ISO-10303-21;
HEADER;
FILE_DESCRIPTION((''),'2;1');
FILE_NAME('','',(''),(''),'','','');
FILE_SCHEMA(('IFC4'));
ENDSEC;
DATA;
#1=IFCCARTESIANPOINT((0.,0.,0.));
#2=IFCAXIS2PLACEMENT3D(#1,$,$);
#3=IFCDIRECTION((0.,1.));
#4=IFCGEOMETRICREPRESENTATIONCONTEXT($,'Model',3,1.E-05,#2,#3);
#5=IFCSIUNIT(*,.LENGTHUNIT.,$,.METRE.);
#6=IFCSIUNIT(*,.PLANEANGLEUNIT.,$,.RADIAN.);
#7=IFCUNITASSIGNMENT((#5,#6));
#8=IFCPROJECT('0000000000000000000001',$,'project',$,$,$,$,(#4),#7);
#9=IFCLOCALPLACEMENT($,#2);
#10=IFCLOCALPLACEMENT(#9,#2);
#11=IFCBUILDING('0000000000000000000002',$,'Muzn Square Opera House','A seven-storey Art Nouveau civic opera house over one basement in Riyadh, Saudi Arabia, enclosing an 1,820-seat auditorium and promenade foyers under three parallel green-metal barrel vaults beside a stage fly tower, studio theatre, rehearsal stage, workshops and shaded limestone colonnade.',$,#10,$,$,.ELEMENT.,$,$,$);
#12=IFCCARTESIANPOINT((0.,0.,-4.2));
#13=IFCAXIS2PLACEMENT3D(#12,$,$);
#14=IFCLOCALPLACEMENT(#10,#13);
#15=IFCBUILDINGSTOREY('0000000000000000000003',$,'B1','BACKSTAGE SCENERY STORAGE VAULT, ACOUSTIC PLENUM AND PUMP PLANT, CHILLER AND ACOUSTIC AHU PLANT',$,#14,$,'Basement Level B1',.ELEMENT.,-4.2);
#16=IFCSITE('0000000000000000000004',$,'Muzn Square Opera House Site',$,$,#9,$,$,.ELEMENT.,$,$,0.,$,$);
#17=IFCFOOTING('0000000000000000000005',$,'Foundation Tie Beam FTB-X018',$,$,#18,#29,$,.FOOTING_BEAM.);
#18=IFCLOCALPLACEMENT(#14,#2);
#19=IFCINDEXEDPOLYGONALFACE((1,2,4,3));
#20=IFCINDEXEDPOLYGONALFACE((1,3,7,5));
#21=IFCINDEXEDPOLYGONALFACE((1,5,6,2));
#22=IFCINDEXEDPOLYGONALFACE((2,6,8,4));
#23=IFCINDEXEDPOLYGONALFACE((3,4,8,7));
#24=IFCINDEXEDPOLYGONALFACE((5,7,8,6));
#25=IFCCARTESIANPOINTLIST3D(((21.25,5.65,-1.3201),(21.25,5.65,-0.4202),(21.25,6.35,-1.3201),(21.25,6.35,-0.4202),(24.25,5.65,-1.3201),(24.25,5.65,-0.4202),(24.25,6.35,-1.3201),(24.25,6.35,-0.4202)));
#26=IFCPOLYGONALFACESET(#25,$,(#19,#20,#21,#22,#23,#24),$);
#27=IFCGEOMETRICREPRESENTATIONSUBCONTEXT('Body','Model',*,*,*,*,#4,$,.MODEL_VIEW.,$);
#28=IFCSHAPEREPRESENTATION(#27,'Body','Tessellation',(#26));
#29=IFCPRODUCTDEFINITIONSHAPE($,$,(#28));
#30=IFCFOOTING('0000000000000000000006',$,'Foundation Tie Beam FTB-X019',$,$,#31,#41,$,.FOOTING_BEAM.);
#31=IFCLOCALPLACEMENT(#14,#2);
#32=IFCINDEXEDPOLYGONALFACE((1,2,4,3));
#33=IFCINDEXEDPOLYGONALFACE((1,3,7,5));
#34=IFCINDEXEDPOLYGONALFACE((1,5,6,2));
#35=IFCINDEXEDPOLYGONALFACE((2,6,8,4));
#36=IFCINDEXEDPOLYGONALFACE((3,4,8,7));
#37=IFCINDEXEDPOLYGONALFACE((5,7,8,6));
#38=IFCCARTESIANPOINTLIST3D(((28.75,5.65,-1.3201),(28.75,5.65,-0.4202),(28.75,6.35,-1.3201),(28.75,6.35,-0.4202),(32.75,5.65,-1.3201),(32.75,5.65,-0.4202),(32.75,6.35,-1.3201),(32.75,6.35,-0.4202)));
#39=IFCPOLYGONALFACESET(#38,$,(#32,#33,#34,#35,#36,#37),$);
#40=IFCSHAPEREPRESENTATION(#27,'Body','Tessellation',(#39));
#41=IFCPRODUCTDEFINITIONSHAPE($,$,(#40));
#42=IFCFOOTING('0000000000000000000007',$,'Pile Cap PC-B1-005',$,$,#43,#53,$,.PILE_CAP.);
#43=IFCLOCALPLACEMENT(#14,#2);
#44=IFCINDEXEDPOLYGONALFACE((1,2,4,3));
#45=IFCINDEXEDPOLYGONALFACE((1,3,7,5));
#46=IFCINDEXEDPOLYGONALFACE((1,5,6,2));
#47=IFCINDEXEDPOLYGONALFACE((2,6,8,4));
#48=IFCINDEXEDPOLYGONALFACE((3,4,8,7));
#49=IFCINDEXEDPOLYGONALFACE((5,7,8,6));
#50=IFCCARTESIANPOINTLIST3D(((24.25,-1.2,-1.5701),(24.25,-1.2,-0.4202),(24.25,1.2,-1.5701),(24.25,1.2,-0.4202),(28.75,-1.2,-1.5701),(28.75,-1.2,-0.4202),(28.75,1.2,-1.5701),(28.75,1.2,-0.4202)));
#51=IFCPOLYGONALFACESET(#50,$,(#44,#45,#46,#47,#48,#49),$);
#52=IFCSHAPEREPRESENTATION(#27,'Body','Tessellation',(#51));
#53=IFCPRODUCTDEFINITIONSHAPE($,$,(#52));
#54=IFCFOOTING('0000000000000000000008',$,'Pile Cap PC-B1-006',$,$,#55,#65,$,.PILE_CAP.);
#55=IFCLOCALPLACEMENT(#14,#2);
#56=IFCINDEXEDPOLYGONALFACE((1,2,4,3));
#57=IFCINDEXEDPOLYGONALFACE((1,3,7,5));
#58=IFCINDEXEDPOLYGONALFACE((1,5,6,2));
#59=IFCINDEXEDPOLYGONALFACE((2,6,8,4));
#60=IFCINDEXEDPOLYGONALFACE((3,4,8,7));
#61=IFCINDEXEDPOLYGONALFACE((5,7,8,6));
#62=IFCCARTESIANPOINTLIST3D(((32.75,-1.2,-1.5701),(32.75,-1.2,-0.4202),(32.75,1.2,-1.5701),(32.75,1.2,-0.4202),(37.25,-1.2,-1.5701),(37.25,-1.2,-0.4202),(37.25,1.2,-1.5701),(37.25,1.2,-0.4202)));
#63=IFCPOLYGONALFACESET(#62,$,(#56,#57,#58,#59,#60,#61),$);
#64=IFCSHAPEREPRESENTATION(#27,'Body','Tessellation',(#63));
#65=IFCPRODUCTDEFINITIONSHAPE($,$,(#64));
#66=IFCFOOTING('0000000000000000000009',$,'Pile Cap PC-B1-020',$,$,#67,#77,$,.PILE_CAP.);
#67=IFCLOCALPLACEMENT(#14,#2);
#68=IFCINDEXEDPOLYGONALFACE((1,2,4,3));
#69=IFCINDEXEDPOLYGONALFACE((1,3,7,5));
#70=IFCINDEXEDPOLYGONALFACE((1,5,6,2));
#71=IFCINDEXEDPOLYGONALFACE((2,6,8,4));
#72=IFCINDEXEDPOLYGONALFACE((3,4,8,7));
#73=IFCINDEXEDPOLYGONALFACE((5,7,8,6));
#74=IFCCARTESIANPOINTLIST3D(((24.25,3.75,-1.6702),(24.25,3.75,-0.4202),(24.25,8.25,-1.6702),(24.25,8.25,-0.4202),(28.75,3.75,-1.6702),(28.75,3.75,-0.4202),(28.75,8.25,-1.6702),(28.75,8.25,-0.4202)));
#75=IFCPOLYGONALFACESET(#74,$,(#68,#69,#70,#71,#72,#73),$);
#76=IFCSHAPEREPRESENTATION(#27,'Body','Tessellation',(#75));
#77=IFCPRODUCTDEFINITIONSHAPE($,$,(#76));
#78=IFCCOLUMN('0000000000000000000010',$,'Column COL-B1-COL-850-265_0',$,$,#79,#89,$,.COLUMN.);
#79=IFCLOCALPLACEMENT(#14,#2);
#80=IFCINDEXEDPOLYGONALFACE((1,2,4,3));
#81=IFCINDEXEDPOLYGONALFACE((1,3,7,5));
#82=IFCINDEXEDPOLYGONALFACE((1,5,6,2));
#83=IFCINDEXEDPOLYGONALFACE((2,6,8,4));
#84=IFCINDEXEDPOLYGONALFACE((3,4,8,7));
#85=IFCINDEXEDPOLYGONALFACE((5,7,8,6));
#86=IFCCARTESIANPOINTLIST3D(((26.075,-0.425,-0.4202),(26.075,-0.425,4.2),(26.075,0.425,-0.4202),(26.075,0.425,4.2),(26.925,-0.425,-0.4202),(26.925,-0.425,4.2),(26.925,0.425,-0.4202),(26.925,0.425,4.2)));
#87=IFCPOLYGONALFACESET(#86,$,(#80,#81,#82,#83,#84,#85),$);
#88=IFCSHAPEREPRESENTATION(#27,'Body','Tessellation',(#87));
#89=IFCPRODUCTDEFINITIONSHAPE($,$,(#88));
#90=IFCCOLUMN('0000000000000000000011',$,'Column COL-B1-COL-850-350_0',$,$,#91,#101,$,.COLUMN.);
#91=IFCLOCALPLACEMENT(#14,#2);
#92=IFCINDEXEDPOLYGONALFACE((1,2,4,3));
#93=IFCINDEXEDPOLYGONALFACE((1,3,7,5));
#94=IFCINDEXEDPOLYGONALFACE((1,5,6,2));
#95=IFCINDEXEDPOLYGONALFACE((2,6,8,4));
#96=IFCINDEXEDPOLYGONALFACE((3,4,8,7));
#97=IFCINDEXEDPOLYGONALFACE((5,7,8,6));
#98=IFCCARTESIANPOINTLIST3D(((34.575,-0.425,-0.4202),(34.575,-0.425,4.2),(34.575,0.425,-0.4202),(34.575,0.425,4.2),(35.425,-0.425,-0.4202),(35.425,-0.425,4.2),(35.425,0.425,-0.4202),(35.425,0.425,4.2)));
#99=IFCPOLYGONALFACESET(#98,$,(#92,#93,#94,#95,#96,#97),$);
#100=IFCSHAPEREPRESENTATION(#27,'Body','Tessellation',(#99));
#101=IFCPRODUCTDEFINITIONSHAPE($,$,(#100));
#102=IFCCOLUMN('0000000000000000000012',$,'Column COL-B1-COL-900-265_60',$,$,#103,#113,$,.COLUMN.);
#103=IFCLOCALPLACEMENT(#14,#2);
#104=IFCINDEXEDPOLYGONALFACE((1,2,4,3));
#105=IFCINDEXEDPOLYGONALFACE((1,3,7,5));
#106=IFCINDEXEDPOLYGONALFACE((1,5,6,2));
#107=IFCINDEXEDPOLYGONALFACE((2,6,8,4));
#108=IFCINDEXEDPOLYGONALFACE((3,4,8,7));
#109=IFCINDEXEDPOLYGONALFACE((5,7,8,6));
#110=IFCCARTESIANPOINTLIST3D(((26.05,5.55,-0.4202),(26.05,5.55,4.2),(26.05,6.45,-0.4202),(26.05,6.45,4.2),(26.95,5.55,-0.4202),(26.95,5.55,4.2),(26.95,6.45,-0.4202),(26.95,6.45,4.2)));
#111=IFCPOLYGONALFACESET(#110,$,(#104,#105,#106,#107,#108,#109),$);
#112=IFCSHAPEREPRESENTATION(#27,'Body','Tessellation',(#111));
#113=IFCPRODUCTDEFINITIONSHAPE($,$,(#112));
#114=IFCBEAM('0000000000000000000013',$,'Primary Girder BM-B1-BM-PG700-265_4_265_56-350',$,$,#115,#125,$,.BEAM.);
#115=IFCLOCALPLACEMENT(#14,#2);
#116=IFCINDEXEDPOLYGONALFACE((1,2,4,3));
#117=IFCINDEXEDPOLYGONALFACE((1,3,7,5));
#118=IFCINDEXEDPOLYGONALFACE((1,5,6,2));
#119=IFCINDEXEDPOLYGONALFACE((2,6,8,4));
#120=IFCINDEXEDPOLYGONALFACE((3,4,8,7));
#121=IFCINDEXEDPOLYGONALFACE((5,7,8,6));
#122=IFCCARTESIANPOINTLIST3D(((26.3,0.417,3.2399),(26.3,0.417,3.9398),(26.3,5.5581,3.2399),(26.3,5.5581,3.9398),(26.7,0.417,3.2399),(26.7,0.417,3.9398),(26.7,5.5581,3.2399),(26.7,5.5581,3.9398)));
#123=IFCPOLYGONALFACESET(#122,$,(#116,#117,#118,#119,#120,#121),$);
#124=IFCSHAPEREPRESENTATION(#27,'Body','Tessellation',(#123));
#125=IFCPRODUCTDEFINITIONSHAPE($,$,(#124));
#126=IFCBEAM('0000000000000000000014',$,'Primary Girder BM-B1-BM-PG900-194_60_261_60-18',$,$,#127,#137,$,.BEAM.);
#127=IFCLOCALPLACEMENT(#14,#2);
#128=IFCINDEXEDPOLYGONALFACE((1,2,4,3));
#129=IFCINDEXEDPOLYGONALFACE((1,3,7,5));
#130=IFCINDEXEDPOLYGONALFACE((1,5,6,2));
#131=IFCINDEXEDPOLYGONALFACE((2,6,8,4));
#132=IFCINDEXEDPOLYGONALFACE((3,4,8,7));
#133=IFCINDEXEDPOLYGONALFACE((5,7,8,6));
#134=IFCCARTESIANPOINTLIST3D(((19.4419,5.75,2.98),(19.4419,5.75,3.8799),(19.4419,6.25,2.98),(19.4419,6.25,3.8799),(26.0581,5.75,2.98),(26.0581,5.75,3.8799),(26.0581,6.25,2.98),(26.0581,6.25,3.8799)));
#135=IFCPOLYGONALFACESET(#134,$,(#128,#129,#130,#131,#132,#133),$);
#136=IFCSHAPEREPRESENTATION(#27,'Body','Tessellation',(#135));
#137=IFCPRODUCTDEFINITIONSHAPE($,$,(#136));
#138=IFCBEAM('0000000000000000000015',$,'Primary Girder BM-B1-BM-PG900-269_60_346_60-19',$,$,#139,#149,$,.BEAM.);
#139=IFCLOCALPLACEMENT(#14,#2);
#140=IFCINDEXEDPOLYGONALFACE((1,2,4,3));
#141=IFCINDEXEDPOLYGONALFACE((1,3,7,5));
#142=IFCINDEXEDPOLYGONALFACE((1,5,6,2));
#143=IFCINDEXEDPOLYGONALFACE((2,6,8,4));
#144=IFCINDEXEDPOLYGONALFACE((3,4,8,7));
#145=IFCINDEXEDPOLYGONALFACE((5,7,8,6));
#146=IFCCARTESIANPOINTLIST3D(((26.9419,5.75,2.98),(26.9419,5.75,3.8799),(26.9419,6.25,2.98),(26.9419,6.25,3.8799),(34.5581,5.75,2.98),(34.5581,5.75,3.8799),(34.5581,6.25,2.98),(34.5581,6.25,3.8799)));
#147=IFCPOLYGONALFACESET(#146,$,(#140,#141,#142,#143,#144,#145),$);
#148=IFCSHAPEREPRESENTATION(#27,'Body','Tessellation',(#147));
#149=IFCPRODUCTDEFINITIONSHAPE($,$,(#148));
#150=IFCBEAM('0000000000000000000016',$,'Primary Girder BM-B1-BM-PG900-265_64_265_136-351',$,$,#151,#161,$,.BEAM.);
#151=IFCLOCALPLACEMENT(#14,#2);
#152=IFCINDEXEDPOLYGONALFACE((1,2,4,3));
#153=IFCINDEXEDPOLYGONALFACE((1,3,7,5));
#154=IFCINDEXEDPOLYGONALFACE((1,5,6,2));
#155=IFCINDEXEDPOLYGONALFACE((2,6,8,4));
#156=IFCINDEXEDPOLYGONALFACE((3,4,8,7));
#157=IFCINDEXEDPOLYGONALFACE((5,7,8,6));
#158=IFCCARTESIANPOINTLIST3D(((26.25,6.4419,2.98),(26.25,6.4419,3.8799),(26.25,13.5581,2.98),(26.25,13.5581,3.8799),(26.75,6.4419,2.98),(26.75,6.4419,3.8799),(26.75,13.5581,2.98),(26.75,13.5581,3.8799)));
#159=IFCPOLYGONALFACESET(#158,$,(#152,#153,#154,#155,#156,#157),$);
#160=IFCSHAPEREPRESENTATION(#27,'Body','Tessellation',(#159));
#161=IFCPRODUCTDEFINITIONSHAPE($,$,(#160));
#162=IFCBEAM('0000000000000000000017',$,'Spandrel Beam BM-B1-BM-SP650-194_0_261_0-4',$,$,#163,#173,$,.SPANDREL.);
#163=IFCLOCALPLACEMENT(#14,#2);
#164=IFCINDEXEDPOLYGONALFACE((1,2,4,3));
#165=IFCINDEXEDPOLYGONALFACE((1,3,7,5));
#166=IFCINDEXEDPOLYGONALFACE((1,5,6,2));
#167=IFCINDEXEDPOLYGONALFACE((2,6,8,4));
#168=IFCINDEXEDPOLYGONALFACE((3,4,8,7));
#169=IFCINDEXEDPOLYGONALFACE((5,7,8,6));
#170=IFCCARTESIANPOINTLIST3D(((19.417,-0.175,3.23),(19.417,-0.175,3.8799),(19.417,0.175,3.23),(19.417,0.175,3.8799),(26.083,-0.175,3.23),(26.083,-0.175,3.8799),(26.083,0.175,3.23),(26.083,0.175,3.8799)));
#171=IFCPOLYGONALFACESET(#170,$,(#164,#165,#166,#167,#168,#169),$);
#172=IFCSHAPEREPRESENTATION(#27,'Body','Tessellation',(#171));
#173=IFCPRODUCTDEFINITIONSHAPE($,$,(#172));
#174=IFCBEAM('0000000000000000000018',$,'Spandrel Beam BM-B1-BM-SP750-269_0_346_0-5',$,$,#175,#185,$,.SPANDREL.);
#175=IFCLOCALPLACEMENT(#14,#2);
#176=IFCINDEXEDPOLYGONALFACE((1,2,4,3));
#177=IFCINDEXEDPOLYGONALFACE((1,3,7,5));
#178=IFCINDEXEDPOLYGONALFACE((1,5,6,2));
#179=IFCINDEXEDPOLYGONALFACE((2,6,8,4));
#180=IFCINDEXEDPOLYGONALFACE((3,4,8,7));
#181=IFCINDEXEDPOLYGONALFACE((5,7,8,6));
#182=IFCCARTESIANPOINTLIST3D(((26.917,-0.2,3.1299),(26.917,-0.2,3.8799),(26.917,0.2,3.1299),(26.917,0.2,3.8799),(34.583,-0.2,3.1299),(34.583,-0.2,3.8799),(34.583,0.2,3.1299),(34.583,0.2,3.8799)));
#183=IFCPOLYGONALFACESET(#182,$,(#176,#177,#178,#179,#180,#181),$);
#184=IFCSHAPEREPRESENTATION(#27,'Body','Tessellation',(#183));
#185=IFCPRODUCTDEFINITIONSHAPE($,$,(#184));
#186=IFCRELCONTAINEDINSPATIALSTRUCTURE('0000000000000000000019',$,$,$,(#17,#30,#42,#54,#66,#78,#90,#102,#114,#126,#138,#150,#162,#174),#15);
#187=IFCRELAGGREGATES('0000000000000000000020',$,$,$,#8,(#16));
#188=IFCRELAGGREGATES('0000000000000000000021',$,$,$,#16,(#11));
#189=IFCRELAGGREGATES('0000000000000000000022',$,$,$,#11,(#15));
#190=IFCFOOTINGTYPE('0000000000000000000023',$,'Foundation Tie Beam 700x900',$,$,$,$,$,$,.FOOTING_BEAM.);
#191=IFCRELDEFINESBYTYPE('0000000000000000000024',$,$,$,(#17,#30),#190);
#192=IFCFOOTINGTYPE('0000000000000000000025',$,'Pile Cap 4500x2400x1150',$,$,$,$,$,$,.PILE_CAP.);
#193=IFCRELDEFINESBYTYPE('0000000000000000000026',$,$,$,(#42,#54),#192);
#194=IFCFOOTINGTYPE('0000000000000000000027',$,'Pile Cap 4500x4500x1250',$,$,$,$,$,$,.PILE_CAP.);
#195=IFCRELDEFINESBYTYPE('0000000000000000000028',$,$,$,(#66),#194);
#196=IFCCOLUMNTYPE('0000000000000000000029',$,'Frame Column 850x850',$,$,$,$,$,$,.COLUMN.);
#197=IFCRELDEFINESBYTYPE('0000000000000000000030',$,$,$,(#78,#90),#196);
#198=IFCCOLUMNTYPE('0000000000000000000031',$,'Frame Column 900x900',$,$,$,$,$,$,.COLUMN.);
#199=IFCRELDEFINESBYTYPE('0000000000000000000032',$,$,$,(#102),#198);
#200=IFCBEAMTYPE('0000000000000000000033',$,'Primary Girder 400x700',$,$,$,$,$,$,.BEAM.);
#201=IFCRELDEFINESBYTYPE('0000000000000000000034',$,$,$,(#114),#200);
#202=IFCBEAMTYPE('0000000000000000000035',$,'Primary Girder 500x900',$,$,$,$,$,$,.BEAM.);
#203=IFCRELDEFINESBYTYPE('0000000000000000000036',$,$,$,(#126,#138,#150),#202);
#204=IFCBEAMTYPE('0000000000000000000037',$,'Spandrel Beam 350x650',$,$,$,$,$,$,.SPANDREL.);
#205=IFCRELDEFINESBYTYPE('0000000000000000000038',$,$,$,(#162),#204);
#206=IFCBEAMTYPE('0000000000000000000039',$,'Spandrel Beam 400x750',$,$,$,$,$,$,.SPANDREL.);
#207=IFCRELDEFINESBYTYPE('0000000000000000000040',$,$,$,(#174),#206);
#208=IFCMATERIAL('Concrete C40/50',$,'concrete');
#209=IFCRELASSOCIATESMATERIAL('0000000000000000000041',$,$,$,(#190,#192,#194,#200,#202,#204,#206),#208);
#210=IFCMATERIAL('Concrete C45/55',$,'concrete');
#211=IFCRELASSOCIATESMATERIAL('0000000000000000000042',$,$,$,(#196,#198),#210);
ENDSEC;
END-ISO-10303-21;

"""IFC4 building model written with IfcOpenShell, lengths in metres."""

from ifc_helpers import new_model, si_unit, direction, frame, origin, origin_2d, place, context, subcontext, project, spatial, rectangle, extrude, material, material_profile, profile_set, type_object, element, save


model = new_model("IFC4")

# Units and contexts
model_context = context("Model", 3, precision=1e-05, world=origin(), true_north=direction((0.0, 1.0)))
body_context = subcontext(model_context, "Body", "Model", "MODEL_VIEW")
ifc_project = project(units=[si_unit("LENGTHUNIT", "METRE"), si_unit("PLANEANGLEUNIT", "RADIAN")], contexts=[model_context])

# Site, building, storey
site_placement = place(None, origin())
site = spatial("IfcSite", under=ifc_project, at=site_placement, Name="Muzn Square Opera House Site", CompositionType="ELEMENT", RefElevation=0.0)
building_placement = place(site_placement, origin())
building = spatial("IfcBuilding", under=site, at=building_placement, Name="Muzn Square Opera House", Description="A seven-storey Art Nouveau civic opera house over one basement in Riyadh, Saudi Arabia, enclosing an 1,820-seat auditorium and promenade foyers under three parallel green-metal barrel vaults beside a stage fly tower, studio theatre, rehearsal stage, workshops and shaded limestone colonnade.", CompositionType="ELEMENT")
storey_placement = place(building_placement, frame((0.0, 0.0, -4.2)))
storey = spatial("IfcBuildingStorey", under=building, at=storey_placement, Name="B1", Description="BACKSTAGE SCENERY STORAGE VAULT, ACOUSTIC PLENUM AND PUMP PLANT, CHILLER AND ACOUSTIC AHU PLANT", LongName="Basement Level B1", CompositionType="ELEMENT", Elevation=-4.2)

# Shared definitions
ifc_material_1 = material(Name="Concrete C40/50", Category="concrete")

# Footings
ifc_material_profile_1 = material_profile(ifc_material_1, rectangle(XDim=0.7, YDim=0.8999, at=origin_2d()), Name="RCTB 700x900", Category="concrete")
ifc_profile_set_1 = profile_set([ifc_material_profile_1], Name="Concrete C40/50")
footing_type_1 = type_object("IfcFootingType", Name="Foundation Tie Beam 700x900", PredefinedType="FOOTING_BEAM", material=ifc_profile_set_1)
footing_1_placement = place(storey_placement, frame((21.25, 6.0, -0.8701), z_axis=(1.0, 0.0, 0.0), x_axis=(0.0, 1.0, 0.0)))
element("IfcFooting", 1, at=footing_1_placement, inside=storey, type_object=footing_type_1, Name="Foundation Tie Beam FTB-X018", PredefinedType="FOOTING_BEAM", context=body_context, shape_type="SweptSolid", body=[
    extrude(rectangle(XDim=0.7, YDim=0.8999, at=origin_2d()), origin(), (0.0, 0.0, 1.0), 3.0),
])
footing_2_placement = place(storey_placement, frame((28.75, 6.0, -0.8701), z_axis=(1.0, 0.0, 0.0), x_axis=(0.0, 1.0, 0.0)))
element("IfcFooting", 2, at=footing_2_placement, inside=storey, type_object=footing_type_1, Name="Foundation Tie Beam FTB-X019", PredefinedType="FOOTING_BEAM", context=body_context, shape_type="SweptSolid", body=[
    extrude(rectangle(XDim=0.7, YDim=0.8999, at=origin_2d()), origin(), (0.0, 0.0, 1.0), 4.0),
])
footing_type_2 = type_object("IfcFootingType", Name="Pile Cap 4500x2400x1150", PredefinedType="PILE_CAP", material=ifc_material_1)
for number, where, z_axis, x_axis, name in (
    (3, (26.5, 0.0, -1.5701), (0.0, 0.0, 1.0), (1.0, 0.0, 0.0), "Pile Cap PC-B1-005"),
    (4, (35.0, 0.0, -1.5701), (0.0, 0.0, 1.0), (1.0, 0.0, 0.0), "Pile Cap PC-B1-006"),
):
    element("IfcFooting", number, at=place(storey_placement, frame(where, z_axis=z_axis, x_axis=x_axis)), inside=storey, type_object=footing_type_2, Name=name, PredefinedType="PILE_CAP", context=body_context, shape_type="SweptSolid", body=[
        extrude(rectangle(XDim=4.5, YDim=2.3999, at=origin_2d()), origin(), (0.0, 0.0, 1.0), 1.1499),
    ])
footing_type_3 = type_object("IfcFootingType", Name="Pile Cap 4500x4500x1250", PredefinedType="PILE_CAP", material=ifc_material_1)
footing_3_placement = place(storey_placement, frame((26.5, 6.0, -1.6702), z_axis=(0.0, 0.0, 1.0), x_axis=(1.0, 0.0, 0.0)))
element("IfcFooting", 5, at=footing_3_placement, inside=storey, type_object=footing_type_3, Name="Pile Cap PC-B1-020", PredefinedType="PILE_CAP", context=body_context, shape_type="SweptSolid", body=[
    extrude(rectangle(XDim=4.5, YDim=4.5, at=origin_2d()), origin(), (0.0, 0.0, 1.0), 1.25),
])

# Columns
ifc_material_2 = material(Name="Concrete C45/55", Category="concrete")
ifc_material_profile_2 = material_profile(ifc_material_2, rectangle(XDim=0.8501, YDim=0.8501, at=origin_2d()), Name="RC 850x850", Category="concrete")
ifc_profile_set_2 = profile_set([ifc_material_profile_2], Name="Concrete C45/55")
column_type_1 = type_object("IfcColumnType", Name="Frame Column 850x850", PredefinedType="COLUMN", material=ifc_profile_set_2)
for number, where, z_axis, x_axis, name in (
    (6, (26.5, 0.0, -0.4202), (0.0, 0.0, 1.0), (1.0, 0.0, 0.0), "Column COL-B1-COL-850-265_0"),
    (7, (35.0, 0.0, -0.4202), (0.0, 0.0, 1.0), (1.0, 0.0, 0.0), "Column COL-B1-COL-850-350_0"),
):
    element("IfcColumn", number, at=place(storey_placement, frame(where, z_axis=z_axis, x_axis=x_axis)), inside=storey, type_object=column_type_1, Name=name, PredefinedType="COLUMN", context=body_context, shape_type="SweptSolid", body=[
        extrude(rectangle(XDim=0.8501, YDim=0.8501, at=origin_2d()), origin(), (0.0, 0.0, 1.0), 4.6201),
    ])
ifc_material_profile_3 = material_profile(ifc_material_2, rectangle(XDim=0.8999, YDim=0.8999, at=origin_2d()), Name="RC 900x900", Category="concrete")
ifc_profile_set_3 = profile_set([ifc_material_profile_3], Name="Concrete C45/55")
column_type_2 = type_object("IfcColumnType", Name="Frame Column 900x900", PredefinedType="COLUMN", material=ifc_profile_set_3)
column_placement = place(storey_placement, frame((26.5, 6.0, -0.4202), z_axis=(0.0, 0.0, 1.0), x_axis=(1.0, 0.0, 0.0)))
element("IfcColumn", 8, at=column_placement, inside=storey, type_object=column_type_2, Name="Column COL-B1-COL-900-265_60", PredefinedType="COLUMN", context=body_context, shape_type="SweptSolid", body=[
    extrude(rectangle(XDim=0.8999, YDim=0.8999, at=origin_2d()), origin(), (0.0, 0.0, 1.0), 4.6201),
])

# Beams
ifc_material_profile_4 = material_profile(ifc_material_1, rectangle(XDim=0.3999, YDim=0.7, at=origin_2d()), Name="RCB 400x700", Category="concrete")
ifc_profile_set_4 = profile_set([ifc_material_profile_4], Name="Concrete C40/50")
beam_type_1 = type_object("IfcBeamType", Name="Primary Girder 400x700", PredefinedType="BEAM", material=ifc_profile_set_4)
beam_1_placement = place(storey_placement, frame((26.5, 0.417, 3.5898), z_axis=(0.0, 1.0, 0.0), x_axis=(-1.0, 0.0, 0.0)))
element("IfcBeam", 9, at=beam_1_placement, inside=storey, type_object=beam_type_1, Name="Primary Girder BM-B1-BM-PG700-265_4_265_56-350", PredefinedType="BEAM", context=body_context, shape_type="SweptSolid", body=[
    extrude(rectangle(XDim=0.3999, YDim=0.7, at=origin_2d()), origin(), (0.0, 0.0, 1.0), 5.1411),
])
ifc_material_profile_5 = material_profile(ifc_material_1, rectangle(XDim=0.5, YDim=0.8999, at=origin_2d()), Name="RCB 500x900", Category="concrete")
ifc_profile_set_5 = profile_set([ifc_material_profile_5], Name="Concrete C40/50")
beam_type_2 = type_object("IfcBeamType", Name="Primary Girder 500x900", PredefinedType="BEAM", material=ifc_profile_set_5)
beam_2_placement = place(storey_placement, frame((19.4419, 6.0, 3.4299), z_axis=(1.0, 0.0, 0.0), x_axis=(0.0, 1.0, 0.0)))
element("IfcBeam", 10, at=beam_2_placement, inside=storey, type_object=beam_type_2, Name="Primary Girder BM-B1-BM-PG900-194_60_261_60-18", PredefinedType="BEAM", context=body_context, shape_type="SweptSolid", body=[
    extrude(rectangle(XDim=0.5, YDim=0.8999, at=origin_2d()), origin(), (0.0, 0.0, 1.0), 6.6162),
])
beam_3_placement = place(storey_placement, frame((26.9419, 6.0, 3.4299), z_axis=(1.0, 0.0, 0.0), x_axis=(0.0, 1.0, 0.0)))
element("IfcBeam", 11, at=beam_3_placement, inside=storey, type_object=beam_type_2, Name="Primary Girder BM-B1-BM-PG900-269_60_346_60-19", PredefinedType="BEAM", context=body_context, shape_type="SweptSolid", body=[
    extrude(rectangle(XDim=0.5, YDim=0.8999, at=origin_2d()), origin(), (0.0, 0.0, 1.0), 7.6162),
])
beam_4_placement = place(storey_placement, frame((26.5, 6.4419, 3.4299), z_axis=(0.0, 1.0, 0.0), x_axis=(-1.0, 0.0, 0.0)))
element("IfcBeam", 12, at=beam_4_placement, inside=storey, type_object=beam_type_2, Name="Primary Girder BM-B1-BM-PG900-265_64_265_136-351", PredefinedType="BEAM", context=body_context, shape_type="SweptSolid", body=[
    extrude(rectangle(XDim=0.5, YDim=0.8999, at=origin_2d()), origin(), (0.0, 0.0, 1.0), 7.1162),
])
ifc_material_profile_6 = material_profile(ifc_material_1, rectangle(XDim=0.3501, YDim=0.6499, at=origin_2d()), Name="RCS 350x650", Category="concrete")
ifc_profile_set_6 = profile_set([ifc_material_profile_6], Name="Concrete C40/50")
beam_type_3 = type_object("IfcBeamType", Name="Spandrel Beam 350x650", PredefinedType="SPANDREL", material=ifc_profile_set_6)
beam_5_placement = place(storey_placement, frame((19.417, 0.0, 3.5549), z_axis=(1.0, 0.0, 0.0), x_axis=(0.0, 1.0, 0.0)))
element("IfcBeam", 13, at=beam_5_placement, inside=storey, type_object=beam_type_3, Name="Spandrel Beam BM-B1-BM-SP650-194_0_261_0-4", PredefinedType="SPANDREL", context=body_context, shape_type="SweptSolid", body=[
    extrude(rectangle(XDim=0.3501, YDim=0.6499, at=origin_2d()), origin(), (0.0, 0.0, 1.0), 6.666),
])
ifc_material_profile_7 = material_profile(ifc_material_1, rectangle(XDim=0.3999, YDim=0.75, at=origin_2d()), Name="RCS 400x750", Category="concrete")
ifc_profile_set_7 = profile_set([ifc_material_profile_7], Name="Concrete C40/50")
beam_type_4 = type_object("IfcBeamType", Name="Spandrel Beam 400x750", PredefinedType="SPANDREL", material=ifc_profile_set_7)
beam_6_placement = place(storey_placement, frame((26.917, 0.0, 3.5049), z_axis=(1.0, 0.0, 0.0), x_axis=(0.0, 1.0, 0.0)))
element("IfcBeam", 14, at=beam_6_placement, inside=storey, type_object=beam_type_4, Name="Spandrel Beam BM-B1-BM-SP750-269_0_346_0-5", PredefinedType="SPANDREL", context=body_context, shape_type="SweptSolid", body=[
    extrude(rectangle(XDim=0.3999, YDim=0.75, at=origin_2d()), origin(), (0.0, 0.0, 1.0), 7.666),
])

save(model, "model.ifc")
